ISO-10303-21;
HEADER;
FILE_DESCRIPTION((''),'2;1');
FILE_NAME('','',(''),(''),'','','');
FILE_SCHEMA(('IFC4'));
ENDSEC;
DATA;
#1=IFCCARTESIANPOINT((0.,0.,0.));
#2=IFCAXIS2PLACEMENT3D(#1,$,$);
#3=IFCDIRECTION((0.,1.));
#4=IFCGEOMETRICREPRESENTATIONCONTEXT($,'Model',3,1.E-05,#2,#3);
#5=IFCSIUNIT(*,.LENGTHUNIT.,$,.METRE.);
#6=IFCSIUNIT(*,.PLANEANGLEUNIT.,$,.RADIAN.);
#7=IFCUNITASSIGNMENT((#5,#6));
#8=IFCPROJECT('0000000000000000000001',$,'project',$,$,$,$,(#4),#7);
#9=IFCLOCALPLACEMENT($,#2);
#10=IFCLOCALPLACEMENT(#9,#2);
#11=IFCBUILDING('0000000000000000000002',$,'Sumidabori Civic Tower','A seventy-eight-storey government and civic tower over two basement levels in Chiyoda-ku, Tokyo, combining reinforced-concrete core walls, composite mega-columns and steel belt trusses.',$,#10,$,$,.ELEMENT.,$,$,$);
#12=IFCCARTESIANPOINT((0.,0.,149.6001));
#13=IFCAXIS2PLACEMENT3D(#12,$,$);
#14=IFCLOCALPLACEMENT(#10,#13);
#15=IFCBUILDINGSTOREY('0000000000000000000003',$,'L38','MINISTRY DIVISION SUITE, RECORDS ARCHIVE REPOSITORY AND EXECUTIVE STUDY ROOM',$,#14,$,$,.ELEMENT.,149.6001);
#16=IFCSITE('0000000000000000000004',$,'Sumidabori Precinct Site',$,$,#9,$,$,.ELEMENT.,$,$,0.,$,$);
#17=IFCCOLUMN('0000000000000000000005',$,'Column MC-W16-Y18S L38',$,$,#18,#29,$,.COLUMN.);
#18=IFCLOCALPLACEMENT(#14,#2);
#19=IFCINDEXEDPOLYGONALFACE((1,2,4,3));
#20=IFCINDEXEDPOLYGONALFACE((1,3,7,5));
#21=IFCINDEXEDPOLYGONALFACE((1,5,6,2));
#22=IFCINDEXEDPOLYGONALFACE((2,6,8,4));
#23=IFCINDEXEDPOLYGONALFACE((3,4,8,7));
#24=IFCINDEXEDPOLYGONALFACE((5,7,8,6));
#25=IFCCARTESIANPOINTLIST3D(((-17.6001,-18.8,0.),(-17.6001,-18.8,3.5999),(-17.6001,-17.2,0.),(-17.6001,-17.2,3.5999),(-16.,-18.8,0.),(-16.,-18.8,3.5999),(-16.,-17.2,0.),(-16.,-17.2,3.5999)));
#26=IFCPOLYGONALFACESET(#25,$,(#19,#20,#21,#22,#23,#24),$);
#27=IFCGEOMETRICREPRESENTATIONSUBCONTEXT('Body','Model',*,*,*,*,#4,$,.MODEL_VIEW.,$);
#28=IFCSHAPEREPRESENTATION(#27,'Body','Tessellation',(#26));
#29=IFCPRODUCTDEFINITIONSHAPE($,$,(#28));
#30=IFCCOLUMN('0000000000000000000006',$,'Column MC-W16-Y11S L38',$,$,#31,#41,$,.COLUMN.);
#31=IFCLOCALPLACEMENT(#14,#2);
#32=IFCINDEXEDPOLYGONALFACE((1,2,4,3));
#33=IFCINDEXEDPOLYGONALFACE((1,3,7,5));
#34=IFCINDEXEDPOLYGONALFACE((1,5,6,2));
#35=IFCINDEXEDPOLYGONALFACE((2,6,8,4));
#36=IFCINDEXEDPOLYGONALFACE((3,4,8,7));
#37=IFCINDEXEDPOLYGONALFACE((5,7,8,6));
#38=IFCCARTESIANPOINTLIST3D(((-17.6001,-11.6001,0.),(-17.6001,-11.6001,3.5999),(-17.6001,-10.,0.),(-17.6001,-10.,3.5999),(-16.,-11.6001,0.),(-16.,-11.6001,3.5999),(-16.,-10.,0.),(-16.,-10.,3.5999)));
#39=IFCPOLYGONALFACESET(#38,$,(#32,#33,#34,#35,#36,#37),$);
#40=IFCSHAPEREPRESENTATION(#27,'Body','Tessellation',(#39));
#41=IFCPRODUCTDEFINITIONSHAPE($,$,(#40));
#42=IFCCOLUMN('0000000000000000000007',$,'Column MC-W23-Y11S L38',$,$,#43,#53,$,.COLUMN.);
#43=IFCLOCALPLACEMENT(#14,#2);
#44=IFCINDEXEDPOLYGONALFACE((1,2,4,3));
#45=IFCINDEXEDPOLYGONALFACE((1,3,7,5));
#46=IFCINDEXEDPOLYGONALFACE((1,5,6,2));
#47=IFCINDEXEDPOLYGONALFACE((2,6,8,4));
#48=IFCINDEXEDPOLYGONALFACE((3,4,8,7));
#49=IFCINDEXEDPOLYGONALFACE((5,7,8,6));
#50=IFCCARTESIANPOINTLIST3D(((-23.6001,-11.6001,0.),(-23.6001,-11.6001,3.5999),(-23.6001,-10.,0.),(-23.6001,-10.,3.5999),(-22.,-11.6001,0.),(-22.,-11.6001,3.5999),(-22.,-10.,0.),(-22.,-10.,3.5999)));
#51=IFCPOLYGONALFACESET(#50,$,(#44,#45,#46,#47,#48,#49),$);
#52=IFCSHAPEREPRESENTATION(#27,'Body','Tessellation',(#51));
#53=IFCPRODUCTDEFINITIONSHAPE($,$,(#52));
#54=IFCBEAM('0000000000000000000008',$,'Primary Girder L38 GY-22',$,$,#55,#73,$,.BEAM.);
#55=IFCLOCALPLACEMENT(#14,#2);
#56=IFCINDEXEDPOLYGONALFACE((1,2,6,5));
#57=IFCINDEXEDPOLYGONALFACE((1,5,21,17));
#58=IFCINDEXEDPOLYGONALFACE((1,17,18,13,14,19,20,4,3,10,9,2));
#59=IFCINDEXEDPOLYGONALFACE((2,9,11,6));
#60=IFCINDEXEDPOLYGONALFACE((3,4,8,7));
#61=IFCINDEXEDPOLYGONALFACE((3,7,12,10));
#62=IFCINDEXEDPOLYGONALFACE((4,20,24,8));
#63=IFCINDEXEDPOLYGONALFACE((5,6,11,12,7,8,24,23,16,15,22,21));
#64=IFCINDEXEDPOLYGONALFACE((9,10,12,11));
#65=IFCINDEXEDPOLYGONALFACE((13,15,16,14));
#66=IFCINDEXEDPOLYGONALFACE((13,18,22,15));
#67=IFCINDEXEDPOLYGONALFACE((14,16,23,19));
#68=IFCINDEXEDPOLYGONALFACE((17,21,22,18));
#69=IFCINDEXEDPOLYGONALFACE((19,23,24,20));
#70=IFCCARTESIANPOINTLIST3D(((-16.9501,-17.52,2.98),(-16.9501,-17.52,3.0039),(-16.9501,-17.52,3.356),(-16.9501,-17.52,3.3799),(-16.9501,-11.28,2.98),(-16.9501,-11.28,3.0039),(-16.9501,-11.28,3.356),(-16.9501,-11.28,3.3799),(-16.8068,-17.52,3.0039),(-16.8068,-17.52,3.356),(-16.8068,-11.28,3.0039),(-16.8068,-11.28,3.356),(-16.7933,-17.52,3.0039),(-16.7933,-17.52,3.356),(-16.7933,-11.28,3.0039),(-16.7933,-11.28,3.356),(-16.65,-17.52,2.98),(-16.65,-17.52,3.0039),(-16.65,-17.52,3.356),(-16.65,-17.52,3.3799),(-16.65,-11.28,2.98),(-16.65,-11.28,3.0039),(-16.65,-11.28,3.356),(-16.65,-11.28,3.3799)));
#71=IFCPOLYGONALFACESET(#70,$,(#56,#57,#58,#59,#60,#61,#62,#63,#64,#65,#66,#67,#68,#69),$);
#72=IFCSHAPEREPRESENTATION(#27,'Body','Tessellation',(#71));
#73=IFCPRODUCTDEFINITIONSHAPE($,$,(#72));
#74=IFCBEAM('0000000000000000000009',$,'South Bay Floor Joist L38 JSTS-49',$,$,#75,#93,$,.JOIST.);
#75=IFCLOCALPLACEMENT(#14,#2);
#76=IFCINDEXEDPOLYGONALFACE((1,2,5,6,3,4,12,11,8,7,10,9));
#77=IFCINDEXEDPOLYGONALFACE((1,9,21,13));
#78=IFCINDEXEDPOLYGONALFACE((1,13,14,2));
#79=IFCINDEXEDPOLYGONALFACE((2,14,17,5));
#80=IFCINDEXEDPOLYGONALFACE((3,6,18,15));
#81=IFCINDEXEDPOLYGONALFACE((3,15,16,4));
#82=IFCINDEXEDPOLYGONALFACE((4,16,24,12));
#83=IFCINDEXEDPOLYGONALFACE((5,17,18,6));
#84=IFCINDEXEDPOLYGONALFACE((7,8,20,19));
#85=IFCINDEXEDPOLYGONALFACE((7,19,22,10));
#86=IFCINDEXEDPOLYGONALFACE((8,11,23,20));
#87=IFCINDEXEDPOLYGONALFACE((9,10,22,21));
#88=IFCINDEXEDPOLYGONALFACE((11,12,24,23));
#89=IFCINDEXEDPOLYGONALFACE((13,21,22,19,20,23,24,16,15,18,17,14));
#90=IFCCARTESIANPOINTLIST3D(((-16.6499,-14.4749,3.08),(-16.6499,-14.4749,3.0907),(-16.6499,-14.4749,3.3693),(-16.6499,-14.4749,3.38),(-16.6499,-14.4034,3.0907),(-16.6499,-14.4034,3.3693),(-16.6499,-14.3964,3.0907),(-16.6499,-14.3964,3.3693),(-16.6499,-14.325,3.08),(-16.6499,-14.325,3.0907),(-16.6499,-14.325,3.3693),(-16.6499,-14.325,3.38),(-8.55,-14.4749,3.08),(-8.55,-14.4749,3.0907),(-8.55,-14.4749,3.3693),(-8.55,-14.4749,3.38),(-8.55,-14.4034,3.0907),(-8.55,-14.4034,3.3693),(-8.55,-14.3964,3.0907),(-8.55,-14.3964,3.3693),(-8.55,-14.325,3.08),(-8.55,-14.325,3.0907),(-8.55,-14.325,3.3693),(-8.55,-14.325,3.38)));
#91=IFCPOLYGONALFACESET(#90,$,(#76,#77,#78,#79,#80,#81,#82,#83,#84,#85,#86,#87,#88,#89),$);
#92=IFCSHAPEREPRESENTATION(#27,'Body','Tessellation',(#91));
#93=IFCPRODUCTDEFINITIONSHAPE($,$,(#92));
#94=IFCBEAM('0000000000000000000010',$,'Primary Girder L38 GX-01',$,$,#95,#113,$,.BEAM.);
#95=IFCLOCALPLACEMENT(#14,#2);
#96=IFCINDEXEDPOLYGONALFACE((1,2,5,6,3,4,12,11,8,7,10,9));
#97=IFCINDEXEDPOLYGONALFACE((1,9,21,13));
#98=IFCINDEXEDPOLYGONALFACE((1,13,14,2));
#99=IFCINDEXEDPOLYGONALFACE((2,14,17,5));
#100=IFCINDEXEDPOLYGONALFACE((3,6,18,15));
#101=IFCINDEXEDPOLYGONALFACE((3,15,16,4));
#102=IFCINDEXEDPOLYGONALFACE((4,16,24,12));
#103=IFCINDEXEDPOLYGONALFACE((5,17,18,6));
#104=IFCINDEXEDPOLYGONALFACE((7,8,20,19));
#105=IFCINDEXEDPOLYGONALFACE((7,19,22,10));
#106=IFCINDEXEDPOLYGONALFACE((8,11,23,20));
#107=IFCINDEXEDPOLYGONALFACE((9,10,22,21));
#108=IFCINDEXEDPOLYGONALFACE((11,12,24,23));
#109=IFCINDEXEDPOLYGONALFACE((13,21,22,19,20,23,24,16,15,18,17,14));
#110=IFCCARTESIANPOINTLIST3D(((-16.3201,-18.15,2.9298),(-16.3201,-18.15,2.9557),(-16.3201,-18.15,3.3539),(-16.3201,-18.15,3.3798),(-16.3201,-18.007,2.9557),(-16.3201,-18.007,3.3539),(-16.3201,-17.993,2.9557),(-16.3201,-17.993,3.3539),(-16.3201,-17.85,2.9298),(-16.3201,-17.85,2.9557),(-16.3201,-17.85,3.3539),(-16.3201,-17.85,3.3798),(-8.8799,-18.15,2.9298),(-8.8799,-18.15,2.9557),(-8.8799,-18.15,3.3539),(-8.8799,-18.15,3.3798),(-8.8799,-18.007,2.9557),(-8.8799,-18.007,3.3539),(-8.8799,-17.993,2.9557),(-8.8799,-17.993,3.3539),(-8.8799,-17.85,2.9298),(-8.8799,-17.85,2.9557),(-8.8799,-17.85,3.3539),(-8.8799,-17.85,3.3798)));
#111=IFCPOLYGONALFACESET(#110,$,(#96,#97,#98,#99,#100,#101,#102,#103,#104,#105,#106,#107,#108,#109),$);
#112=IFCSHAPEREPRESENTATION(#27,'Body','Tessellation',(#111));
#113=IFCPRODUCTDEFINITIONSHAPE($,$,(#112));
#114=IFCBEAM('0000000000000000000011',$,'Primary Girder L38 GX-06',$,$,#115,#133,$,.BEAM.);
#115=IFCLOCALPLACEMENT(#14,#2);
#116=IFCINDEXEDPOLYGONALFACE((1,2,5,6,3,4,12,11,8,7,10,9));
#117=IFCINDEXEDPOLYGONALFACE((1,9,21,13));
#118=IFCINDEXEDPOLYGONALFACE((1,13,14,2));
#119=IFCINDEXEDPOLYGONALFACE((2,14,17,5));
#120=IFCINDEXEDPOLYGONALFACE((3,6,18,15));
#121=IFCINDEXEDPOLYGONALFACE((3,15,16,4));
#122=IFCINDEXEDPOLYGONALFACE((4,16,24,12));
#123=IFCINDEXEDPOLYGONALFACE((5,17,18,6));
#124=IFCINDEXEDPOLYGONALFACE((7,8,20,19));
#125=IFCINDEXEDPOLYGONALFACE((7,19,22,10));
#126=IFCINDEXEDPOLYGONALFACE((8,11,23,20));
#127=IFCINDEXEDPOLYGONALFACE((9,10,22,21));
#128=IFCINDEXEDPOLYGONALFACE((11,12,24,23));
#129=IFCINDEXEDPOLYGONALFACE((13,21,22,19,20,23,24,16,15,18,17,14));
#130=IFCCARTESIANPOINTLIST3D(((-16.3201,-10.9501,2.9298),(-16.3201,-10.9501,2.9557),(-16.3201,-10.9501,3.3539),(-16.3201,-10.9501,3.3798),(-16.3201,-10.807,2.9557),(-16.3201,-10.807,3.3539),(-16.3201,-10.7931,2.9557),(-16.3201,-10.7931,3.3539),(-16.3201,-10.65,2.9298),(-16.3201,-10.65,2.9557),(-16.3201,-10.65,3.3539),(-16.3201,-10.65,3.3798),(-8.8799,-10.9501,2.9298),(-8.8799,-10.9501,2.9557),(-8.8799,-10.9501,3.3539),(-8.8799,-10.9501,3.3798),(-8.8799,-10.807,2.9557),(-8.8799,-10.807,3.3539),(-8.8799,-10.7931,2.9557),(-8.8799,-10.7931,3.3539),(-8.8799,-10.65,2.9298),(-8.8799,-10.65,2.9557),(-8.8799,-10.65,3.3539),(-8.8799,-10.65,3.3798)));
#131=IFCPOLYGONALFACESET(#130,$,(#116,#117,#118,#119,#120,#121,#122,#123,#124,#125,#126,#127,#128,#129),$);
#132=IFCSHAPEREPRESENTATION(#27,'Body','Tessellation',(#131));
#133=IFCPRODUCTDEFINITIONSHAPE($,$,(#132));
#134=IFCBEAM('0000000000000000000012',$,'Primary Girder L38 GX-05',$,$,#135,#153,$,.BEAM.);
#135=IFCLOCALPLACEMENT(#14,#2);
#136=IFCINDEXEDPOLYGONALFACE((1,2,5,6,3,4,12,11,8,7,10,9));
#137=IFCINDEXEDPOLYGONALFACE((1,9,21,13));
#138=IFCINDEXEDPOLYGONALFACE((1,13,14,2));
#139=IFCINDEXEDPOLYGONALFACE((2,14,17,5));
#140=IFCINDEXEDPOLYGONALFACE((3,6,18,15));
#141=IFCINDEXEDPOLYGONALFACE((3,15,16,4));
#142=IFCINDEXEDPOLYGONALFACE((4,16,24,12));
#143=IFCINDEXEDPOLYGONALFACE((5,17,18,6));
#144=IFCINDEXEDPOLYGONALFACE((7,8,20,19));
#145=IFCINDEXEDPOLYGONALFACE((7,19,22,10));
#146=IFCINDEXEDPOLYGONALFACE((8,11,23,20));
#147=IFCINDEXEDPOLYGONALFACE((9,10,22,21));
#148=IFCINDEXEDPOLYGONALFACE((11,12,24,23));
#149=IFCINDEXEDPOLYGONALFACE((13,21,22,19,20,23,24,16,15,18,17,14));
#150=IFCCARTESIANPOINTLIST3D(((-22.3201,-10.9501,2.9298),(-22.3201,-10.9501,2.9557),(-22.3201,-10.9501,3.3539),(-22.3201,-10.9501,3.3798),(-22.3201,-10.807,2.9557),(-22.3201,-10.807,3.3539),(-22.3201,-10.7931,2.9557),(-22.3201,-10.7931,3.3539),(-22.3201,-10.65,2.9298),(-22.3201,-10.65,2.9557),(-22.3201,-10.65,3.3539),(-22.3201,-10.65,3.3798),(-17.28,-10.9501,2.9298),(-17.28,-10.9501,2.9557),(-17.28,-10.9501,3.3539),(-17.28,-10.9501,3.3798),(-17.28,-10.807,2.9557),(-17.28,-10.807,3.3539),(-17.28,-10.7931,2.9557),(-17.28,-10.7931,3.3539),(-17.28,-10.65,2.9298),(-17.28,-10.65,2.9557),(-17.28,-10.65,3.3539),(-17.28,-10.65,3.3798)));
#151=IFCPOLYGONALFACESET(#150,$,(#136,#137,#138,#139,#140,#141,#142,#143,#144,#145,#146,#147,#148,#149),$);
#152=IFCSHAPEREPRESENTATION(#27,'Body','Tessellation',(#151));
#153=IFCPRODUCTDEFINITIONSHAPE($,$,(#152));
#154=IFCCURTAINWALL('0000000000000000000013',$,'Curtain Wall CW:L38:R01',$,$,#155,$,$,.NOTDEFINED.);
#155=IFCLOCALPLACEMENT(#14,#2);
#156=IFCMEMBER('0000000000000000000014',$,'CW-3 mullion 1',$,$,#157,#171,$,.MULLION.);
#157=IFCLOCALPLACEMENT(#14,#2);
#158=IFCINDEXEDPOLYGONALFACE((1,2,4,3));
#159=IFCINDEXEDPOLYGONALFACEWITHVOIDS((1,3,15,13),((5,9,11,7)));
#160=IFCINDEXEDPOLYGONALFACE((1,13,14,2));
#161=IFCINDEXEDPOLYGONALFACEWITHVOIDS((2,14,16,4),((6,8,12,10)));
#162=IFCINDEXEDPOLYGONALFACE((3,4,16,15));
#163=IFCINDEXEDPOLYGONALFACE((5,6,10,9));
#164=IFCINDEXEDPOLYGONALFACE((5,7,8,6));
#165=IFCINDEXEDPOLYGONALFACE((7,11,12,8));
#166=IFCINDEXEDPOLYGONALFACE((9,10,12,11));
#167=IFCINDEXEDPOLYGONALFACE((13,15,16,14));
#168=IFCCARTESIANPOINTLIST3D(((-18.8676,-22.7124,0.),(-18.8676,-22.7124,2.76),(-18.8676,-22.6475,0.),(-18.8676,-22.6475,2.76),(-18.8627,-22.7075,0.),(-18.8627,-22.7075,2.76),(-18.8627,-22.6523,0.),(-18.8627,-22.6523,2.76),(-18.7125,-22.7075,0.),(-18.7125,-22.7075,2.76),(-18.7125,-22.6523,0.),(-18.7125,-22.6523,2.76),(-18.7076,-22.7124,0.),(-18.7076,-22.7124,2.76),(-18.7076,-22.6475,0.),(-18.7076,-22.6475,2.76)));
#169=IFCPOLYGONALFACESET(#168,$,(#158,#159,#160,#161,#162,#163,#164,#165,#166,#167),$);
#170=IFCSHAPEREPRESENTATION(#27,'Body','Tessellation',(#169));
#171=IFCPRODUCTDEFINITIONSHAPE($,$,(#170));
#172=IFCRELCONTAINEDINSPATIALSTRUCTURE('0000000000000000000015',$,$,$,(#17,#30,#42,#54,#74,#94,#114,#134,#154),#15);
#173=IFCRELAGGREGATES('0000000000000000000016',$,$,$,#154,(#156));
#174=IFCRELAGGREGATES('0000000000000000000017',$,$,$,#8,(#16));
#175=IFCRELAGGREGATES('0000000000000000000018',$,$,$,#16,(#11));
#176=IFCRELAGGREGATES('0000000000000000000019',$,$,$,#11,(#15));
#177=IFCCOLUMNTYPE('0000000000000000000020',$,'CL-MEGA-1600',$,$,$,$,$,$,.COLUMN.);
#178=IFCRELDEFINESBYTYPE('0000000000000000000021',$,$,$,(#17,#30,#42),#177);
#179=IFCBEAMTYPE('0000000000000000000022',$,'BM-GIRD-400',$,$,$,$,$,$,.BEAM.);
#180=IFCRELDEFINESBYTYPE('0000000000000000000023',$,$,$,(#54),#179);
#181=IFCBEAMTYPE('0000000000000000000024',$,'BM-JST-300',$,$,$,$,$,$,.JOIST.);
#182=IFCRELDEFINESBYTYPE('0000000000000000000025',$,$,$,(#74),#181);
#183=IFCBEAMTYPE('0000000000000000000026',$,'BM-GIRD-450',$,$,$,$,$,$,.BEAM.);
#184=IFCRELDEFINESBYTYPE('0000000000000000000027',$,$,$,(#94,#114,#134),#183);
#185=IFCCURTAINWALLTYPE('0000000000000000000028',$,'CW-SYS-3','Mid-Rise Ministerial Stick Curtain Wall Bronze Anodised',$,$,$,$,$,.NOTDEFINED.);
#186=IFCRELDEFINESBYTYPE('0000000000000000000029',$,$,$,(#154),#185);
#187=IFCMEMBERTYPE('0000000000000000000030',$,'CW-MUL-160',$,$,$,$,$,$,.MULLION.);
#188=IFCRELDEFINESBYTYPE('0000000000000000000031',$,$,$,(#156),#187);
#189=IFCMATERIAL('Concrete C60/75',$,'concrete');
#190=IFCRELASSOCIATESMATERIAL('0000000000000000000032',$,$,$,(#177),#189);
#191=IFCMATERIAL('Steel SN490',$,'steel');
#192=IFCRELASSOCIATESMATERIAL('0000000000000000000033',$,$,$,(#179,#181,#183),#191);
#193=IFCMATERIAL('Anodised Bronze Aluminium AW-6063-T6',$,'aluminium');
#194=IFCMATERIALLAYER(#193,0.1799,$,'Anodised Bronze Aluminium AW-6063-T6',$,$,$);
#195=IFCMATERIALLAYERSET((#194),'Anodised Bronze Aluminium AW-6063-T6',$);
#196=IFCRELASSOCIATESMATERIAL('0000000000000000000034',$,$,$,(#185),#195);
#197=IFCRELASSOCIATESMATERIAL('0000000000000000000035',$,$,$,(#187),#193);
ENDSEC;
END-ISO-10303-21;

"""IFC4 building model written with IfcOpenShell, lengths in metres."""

from ifc_helpers import new_model, si_unit, direction, frame, origin, origin_2d, place, context, subcontext, project, spatial, rectangle, hollow_rectangle, i_section, extrude, source, transform, mapped, material, layer, layer_set, material_profile, profile_set, type_object, element, aggregate, save


model = new_model("IFC4")

# Units and contexts
model_context = context("Model", 3, precision=1e-05, world=origin(), true_north=direction((0.0, 1.0)))
body_context = subcontext(model_context, "Body", "Model", "MODEL_VIEW")
ifc_project = project(units=[si_unit("LENGTHUNIT", "METRE"), si_unit("PLANEANGLEUNIT", "RADIAN")], contexts=[model_context])

# Site, building, storey
site_placement = place(None, origin())
site = spatial("IfcSite", under=ifc_project, at=site_placement, Name="Sumidabori Precinct Site", CompositionType="ELEMENT", RefElevation=0.0)
building_placement = place(site_placement, origin())
building = spatial("IfcBuilding", under=site, at=building_placement, Name="Sumidabori Civic Tower", Description="A seventy-eight-storey government and civic tower over two basement levels in Chiyoda-ku, Tokyo, combining reinforced-concrete core walls, composite mega-columns and steel belt trusses.", CompositionType="ELEMENT")
storey_placement = place(building_placement, frame((0.0, 0.0, 149.6001)))
storey = spatial("IfcBuildingStorey", under=building, at=storey_placement, Name="L38", Description="MINISTRY DIVISION SUITE, RECORDS ARCHIVE REPOSITORY AND EXECUTIVE STUDY ROOM", CompositionType="ELEMENT", Elevation=149.6001)

# Columns
ifc_material_1 = material(Name="Concrete C60/75", Category="concrete")
ifc_material_profile_1 = material_profile(ifc_material_1, rectangle(XDim=1.6001, YDim=1.6001, at=origin_2d()), Name="RC 1600x1600")
ifc_profile_set_1 = profile_set([ifc_material_profile_1], Name="Concrete C60/75")
column_type = type_object("IfcColumnType", Name="CL-MEGA-1600", PredefinedType="COLUMN", material=ifc_profile_set_1)
shared_shape_1 = source(origin(), body_context, "Body", "SweptSolid", [
    extrude(rectangle(XDim=1.6001, YDim=1.6001, at=origin_2d()), origin(), (0.0, 0.0, 1.0), 3.5999),
])
for number, where, z_axis, x_axis, name in (
    (1, (-16.8, -18.0, 0.0), (0.0, 0.0, 1.0), (1.0, 0.0, 0.0), "Column MC-W16-Y18S L38"),
    (2, (-16.8, -10.8, 0.0), (0.0, 0.0, 1.0), (1.0, 0.0, 0.0), "Column MC-W16-Y11S L38"),
    (3, (-22.8, -10.8, 0.0), (0.0, 0.0, 1.0), (1.0, 0.0, 0.0), "Column MC-W23-Y11S L38"),
):
    element("IfcColumn", number, at=place(storey_placement, frame(where, z_axis=z_axis, x_axis=x_axis)), inside=storey, type_object=column_type, Name=name, PredefinedType="COLUMN", context=body_context, shape_type="MappedRepresentation", body=[
        mapped(shared_shape_1, transform((0.0, 0.0, 0.0), x_axis=(1.0, 0.0, 0.0), y_axis=(0.0, 1.0, 0.0), z_axis=(0.0, 0.0, 1.0), scale=1.0)),
    ])

# Beams
ifc_material_2 = material(Name="Steel SN490", Category="steel")
ifc_material_profile_2 = material_profile(ifc_material_2, i_section(OverallWidth=0.3, OverallDepth=0.3999, WebThickness=0.0134, FlangeThickness=0.0239, at=origin_2d()), Name="HE 400 B")
ifc_profile_set_2 = profile_set([ifc_material_profile_2], Name="Steel SN490")
beam_type_1 = type_object("IfcBeamType", Name="BM-GIRD-400", PredefinedType="BEAM", material=ifc_profile_set_2)
shared_shape_2 = source(origin(), body_context, "Body", "SweptSolid", [
    extrude(i_section(OverallWidth=0.3, OverallDepth=0.3999, WebThickness=0.0134, FlangeThickness=0.0239, at=origin_2d()), origin(), (0.0, 0.0, 1.0), 6.24),
])
beam_1_placement = place(storey_placement, frame((-16.8, -17.52, 3.1799), z_axis=(0.0, 1.0, 0.0), x_axis=(-1.0, 0.0, 0.0)))
element("IfcBeam", 4, at=beam_1_placement, inside=storey, type_object=beam_type_1, Name="Primary Girder L38 GY-22", PredefinedType="BEAM", context=body_context, shape_type="MappedRepresentation", body=[
    mapped(shared_shape_2, transform((0.0, 0.0, 0.0), x_axis=(1.0, 0.0, 0.0), y_axis=(0.0, 1.0, 0.0), z_axis=(0.0, 0.0, 1.0), scale=1.0)),
])
ifc_material_profile_3 = material_profile(ifc_material_2, i_section(OverallWidth=0.1499, OverallDepth=0.3, WebThickness=0.0071, FlangeThickness=0.0107, at=origin_2d()), Name="IPE 300")
ifc_profile_set_3 = profile_set([ifc_material_profile_3], Name="Steel SN490")
beam_type_2 = type_object("IfcBeamType", Name="BM-JST-300", PredefinedType="JOIST", material=ifc_profile_set_3)
shared_shape_3 = source(origin(), body_context, "Body", "SweptSolid", [
    extrude(i_section(OverallWidth=0.1499, OverallDepth=0.3, WebThickness=0.0071, FlangeThickness=0.0107, at=origin_2d()), origin(), (0.0, 0.0, 1.0), 8.0999),
])
beam_2_placement = place(storey_placement, frame((-16.6499, -14.3999, 3.23), z_axis=(1.0, 0.0, 0.0), x_axis=(0.0, 1.0, 0.0)))
element("IfcBeam", 5, at=beam_2_placement, inside=storey, type_object=beam_type_2, Name="South Bay Floor Joist L38 JSTS-49", PredefinedType="JOIST", context=body_context, shape_type="MappedRepresentation", body=[
    mapped(shared_shape_3, transform((0.0, 0.0, 0.0), x_axis=(1.0, 0.0, 0.0), y_axis=(0.0, 1.0, 0.0), z_axis=(0.0, 0.0, 1.0), scale=1.0)),
])
ifc_material_profile_4 = material_profile(ifc_material_2, i_section(OverallWidth=0.3, OverallDepth=0.45, WebThickness=0.0139, FlangeThickness=0.0259, at=origin_2d()), Name="HE 450 B")
ifc_profile_set_4 = profile_set([ifc_material_profile_4], Name="Steel SN490")
beam_type_3 = type_object("IfcBeamType", Name="BM-GIRD-450", PredefinedType="BEAM", material=ifc_profile_set_4)
shared_shape_4 = source(origin(), body_context, "Body", "SweptSolid", [
    extrude(i_section(OverallWidth=0.3, OverallDepth=0.45, WebThickness=0.0139, FlangeThickness=0.0259, at=origin_2d()), origin(), (0.0, 0.0, 1.0), 7.4402),
])
for number, where, z_axis, x_axis, name in (
    (6, (-16.3201, -18.0, 3.1548), (1.0, 0.0, 0.0), (0.0, 1.0, 0.0), "Primary Girder L38 GX-01"),
    (7, (-16.3201, -10.8, 3.1548), (1.0, 0.0, 0.0), (0.0, 1.0, 0.0), "Primary Girder L38 GX-06"),
):
    element("IfcBeam", number, at=place(storey_placement, frame(where, z_axis=z_axis, x_axis=x_axis)), inside=storey, type_object=beam_type_3, Name=name, PredefinedType="BEAM", context=body_context, shape_type="MappedRepresentation", body=[
        mapped(shared_shape_4, transform((0.0, 0.0, 0.0), x_axis=(1.0, 0.0, 0.0), y_axis=(0.0, 1.0, 0.0), z_axis=(0.0, 0.0, 1.0), scale=1.0)),
    ])
shared_shape_5 = source(origin(), body_context, "Body", "SweptSolid", [
    extrude(i_section(OverallWidth=0.3, OverallDepth=0.45, WebThickness=0.0139, FlangeThickness=0.0259, at=origin_2d()), origin(), (0.0, 0.0, 1.0), 5.04),
])
beam_3_placement = place(storey_placement, frame((-22.3201, -10.8, 3.1548), z_axis=(1.0, 0.0, 0.0), x_axis=(0.0, 1.0, 0.0)))
element("IfcBeam", 8, at=beam_3_placement, inside=storey, type_object=beam_type_3, Name="Primary Girder L38 GX-05", PredefinedType="BEAM", context=body_context, shape_type="MappedRepresentation", body=[
    mapped(shared_shape_5, transform((0.0, 0.0, 0.0), x_axis=(1.0, 0.0, 0.0), y_axis=(0.0, 1.0, 0.0), z_axis=(0.0, 0.0, 1.0), scale=1.0)),
])

# Curtain wall, member
ifc_material_3 = material(Name="Anodised Bronze Aluminium AW-6063-T6", Category="aluminium")
ifc_layer_1 = layer(ifc_material_3, 0.1799, Name="Anodised Bronze Aluminium AW-6063-T6")
ifc_layer_set_1 = layer_set([ifc_layer_1], Name="Anodised Bronze Aluminium AW-6063-T6")
curtain_wall_type = type_object("IfcCurtainWallType", Name="CW-SYS-3", Description="Mid-Rise Ministerial Stick Curtain Wall Bronze Anodised", PredefinedType="NOTDEFINED", material=ifc_layer_set_1)
curtain_wall_1_placement = place(storey_placement, origin())
curtain_wall_1 = element("IfcCurtainWall", 9, at=curtain_wall_1_placement, inside=storey, type_object=curtain_wall_type, Name="Curtain Wall CW:L38:R01", PredefinedType="NOTDEFINED")
ifc_material_profile_5 = material_profile(ifc_material_3, hollow_rectangle(XDim=0.0649, YDim=0.1599, WallThickness=0.0049, at=origin_2d()), Name="ALU MULLION 160x65")
ifc_profile_set_5 = profile_set([ifc_material_profile_5], Name="Anodised Bronze Aluminium AW-6063-T6")
member_type_1 = type_object("IfcMemberType", Name="CW-MUL-160", PredefinedType="MULLION", material=ifc_profile_set_5)
shared_shape_6 = source(origin(), body_context, "Body", "SweptSolid", [
    extrude(hollow_rectangle(XDim=0.0649, YDim=0.1599, WallThickness=0.0049, at=origin_2d()), origin(), (0.0, 0.0, 1.0), 2.76),
])
member_1_placement = place(storey_placement, frame((-18.7876, -22.6799, 0.0), z_axis=(0.0, 0.0, 1.0), x_axis=(0.0, 1.0, 0.0)))
member_1 = element("IfcMember", 10, at=member_1_placement, type_object=member_type_1, Name="CW-3 mullion 1", PredefinedType="MULLION", context=body_context, shape_type="MappedRepresentation", body=[
    mapped(shared_shape_6, transform((0.0, 0.0, 0.0), x_axis=(1.0, 0.0, 0.0), y_axis=(0.0, 1.0, 0.0), z_axis=(0.0, 0.0, 1.0), scale=1.0)),
])

aggregate(curtain_wall_1, [member_1])

save(model, "model.ifc")
